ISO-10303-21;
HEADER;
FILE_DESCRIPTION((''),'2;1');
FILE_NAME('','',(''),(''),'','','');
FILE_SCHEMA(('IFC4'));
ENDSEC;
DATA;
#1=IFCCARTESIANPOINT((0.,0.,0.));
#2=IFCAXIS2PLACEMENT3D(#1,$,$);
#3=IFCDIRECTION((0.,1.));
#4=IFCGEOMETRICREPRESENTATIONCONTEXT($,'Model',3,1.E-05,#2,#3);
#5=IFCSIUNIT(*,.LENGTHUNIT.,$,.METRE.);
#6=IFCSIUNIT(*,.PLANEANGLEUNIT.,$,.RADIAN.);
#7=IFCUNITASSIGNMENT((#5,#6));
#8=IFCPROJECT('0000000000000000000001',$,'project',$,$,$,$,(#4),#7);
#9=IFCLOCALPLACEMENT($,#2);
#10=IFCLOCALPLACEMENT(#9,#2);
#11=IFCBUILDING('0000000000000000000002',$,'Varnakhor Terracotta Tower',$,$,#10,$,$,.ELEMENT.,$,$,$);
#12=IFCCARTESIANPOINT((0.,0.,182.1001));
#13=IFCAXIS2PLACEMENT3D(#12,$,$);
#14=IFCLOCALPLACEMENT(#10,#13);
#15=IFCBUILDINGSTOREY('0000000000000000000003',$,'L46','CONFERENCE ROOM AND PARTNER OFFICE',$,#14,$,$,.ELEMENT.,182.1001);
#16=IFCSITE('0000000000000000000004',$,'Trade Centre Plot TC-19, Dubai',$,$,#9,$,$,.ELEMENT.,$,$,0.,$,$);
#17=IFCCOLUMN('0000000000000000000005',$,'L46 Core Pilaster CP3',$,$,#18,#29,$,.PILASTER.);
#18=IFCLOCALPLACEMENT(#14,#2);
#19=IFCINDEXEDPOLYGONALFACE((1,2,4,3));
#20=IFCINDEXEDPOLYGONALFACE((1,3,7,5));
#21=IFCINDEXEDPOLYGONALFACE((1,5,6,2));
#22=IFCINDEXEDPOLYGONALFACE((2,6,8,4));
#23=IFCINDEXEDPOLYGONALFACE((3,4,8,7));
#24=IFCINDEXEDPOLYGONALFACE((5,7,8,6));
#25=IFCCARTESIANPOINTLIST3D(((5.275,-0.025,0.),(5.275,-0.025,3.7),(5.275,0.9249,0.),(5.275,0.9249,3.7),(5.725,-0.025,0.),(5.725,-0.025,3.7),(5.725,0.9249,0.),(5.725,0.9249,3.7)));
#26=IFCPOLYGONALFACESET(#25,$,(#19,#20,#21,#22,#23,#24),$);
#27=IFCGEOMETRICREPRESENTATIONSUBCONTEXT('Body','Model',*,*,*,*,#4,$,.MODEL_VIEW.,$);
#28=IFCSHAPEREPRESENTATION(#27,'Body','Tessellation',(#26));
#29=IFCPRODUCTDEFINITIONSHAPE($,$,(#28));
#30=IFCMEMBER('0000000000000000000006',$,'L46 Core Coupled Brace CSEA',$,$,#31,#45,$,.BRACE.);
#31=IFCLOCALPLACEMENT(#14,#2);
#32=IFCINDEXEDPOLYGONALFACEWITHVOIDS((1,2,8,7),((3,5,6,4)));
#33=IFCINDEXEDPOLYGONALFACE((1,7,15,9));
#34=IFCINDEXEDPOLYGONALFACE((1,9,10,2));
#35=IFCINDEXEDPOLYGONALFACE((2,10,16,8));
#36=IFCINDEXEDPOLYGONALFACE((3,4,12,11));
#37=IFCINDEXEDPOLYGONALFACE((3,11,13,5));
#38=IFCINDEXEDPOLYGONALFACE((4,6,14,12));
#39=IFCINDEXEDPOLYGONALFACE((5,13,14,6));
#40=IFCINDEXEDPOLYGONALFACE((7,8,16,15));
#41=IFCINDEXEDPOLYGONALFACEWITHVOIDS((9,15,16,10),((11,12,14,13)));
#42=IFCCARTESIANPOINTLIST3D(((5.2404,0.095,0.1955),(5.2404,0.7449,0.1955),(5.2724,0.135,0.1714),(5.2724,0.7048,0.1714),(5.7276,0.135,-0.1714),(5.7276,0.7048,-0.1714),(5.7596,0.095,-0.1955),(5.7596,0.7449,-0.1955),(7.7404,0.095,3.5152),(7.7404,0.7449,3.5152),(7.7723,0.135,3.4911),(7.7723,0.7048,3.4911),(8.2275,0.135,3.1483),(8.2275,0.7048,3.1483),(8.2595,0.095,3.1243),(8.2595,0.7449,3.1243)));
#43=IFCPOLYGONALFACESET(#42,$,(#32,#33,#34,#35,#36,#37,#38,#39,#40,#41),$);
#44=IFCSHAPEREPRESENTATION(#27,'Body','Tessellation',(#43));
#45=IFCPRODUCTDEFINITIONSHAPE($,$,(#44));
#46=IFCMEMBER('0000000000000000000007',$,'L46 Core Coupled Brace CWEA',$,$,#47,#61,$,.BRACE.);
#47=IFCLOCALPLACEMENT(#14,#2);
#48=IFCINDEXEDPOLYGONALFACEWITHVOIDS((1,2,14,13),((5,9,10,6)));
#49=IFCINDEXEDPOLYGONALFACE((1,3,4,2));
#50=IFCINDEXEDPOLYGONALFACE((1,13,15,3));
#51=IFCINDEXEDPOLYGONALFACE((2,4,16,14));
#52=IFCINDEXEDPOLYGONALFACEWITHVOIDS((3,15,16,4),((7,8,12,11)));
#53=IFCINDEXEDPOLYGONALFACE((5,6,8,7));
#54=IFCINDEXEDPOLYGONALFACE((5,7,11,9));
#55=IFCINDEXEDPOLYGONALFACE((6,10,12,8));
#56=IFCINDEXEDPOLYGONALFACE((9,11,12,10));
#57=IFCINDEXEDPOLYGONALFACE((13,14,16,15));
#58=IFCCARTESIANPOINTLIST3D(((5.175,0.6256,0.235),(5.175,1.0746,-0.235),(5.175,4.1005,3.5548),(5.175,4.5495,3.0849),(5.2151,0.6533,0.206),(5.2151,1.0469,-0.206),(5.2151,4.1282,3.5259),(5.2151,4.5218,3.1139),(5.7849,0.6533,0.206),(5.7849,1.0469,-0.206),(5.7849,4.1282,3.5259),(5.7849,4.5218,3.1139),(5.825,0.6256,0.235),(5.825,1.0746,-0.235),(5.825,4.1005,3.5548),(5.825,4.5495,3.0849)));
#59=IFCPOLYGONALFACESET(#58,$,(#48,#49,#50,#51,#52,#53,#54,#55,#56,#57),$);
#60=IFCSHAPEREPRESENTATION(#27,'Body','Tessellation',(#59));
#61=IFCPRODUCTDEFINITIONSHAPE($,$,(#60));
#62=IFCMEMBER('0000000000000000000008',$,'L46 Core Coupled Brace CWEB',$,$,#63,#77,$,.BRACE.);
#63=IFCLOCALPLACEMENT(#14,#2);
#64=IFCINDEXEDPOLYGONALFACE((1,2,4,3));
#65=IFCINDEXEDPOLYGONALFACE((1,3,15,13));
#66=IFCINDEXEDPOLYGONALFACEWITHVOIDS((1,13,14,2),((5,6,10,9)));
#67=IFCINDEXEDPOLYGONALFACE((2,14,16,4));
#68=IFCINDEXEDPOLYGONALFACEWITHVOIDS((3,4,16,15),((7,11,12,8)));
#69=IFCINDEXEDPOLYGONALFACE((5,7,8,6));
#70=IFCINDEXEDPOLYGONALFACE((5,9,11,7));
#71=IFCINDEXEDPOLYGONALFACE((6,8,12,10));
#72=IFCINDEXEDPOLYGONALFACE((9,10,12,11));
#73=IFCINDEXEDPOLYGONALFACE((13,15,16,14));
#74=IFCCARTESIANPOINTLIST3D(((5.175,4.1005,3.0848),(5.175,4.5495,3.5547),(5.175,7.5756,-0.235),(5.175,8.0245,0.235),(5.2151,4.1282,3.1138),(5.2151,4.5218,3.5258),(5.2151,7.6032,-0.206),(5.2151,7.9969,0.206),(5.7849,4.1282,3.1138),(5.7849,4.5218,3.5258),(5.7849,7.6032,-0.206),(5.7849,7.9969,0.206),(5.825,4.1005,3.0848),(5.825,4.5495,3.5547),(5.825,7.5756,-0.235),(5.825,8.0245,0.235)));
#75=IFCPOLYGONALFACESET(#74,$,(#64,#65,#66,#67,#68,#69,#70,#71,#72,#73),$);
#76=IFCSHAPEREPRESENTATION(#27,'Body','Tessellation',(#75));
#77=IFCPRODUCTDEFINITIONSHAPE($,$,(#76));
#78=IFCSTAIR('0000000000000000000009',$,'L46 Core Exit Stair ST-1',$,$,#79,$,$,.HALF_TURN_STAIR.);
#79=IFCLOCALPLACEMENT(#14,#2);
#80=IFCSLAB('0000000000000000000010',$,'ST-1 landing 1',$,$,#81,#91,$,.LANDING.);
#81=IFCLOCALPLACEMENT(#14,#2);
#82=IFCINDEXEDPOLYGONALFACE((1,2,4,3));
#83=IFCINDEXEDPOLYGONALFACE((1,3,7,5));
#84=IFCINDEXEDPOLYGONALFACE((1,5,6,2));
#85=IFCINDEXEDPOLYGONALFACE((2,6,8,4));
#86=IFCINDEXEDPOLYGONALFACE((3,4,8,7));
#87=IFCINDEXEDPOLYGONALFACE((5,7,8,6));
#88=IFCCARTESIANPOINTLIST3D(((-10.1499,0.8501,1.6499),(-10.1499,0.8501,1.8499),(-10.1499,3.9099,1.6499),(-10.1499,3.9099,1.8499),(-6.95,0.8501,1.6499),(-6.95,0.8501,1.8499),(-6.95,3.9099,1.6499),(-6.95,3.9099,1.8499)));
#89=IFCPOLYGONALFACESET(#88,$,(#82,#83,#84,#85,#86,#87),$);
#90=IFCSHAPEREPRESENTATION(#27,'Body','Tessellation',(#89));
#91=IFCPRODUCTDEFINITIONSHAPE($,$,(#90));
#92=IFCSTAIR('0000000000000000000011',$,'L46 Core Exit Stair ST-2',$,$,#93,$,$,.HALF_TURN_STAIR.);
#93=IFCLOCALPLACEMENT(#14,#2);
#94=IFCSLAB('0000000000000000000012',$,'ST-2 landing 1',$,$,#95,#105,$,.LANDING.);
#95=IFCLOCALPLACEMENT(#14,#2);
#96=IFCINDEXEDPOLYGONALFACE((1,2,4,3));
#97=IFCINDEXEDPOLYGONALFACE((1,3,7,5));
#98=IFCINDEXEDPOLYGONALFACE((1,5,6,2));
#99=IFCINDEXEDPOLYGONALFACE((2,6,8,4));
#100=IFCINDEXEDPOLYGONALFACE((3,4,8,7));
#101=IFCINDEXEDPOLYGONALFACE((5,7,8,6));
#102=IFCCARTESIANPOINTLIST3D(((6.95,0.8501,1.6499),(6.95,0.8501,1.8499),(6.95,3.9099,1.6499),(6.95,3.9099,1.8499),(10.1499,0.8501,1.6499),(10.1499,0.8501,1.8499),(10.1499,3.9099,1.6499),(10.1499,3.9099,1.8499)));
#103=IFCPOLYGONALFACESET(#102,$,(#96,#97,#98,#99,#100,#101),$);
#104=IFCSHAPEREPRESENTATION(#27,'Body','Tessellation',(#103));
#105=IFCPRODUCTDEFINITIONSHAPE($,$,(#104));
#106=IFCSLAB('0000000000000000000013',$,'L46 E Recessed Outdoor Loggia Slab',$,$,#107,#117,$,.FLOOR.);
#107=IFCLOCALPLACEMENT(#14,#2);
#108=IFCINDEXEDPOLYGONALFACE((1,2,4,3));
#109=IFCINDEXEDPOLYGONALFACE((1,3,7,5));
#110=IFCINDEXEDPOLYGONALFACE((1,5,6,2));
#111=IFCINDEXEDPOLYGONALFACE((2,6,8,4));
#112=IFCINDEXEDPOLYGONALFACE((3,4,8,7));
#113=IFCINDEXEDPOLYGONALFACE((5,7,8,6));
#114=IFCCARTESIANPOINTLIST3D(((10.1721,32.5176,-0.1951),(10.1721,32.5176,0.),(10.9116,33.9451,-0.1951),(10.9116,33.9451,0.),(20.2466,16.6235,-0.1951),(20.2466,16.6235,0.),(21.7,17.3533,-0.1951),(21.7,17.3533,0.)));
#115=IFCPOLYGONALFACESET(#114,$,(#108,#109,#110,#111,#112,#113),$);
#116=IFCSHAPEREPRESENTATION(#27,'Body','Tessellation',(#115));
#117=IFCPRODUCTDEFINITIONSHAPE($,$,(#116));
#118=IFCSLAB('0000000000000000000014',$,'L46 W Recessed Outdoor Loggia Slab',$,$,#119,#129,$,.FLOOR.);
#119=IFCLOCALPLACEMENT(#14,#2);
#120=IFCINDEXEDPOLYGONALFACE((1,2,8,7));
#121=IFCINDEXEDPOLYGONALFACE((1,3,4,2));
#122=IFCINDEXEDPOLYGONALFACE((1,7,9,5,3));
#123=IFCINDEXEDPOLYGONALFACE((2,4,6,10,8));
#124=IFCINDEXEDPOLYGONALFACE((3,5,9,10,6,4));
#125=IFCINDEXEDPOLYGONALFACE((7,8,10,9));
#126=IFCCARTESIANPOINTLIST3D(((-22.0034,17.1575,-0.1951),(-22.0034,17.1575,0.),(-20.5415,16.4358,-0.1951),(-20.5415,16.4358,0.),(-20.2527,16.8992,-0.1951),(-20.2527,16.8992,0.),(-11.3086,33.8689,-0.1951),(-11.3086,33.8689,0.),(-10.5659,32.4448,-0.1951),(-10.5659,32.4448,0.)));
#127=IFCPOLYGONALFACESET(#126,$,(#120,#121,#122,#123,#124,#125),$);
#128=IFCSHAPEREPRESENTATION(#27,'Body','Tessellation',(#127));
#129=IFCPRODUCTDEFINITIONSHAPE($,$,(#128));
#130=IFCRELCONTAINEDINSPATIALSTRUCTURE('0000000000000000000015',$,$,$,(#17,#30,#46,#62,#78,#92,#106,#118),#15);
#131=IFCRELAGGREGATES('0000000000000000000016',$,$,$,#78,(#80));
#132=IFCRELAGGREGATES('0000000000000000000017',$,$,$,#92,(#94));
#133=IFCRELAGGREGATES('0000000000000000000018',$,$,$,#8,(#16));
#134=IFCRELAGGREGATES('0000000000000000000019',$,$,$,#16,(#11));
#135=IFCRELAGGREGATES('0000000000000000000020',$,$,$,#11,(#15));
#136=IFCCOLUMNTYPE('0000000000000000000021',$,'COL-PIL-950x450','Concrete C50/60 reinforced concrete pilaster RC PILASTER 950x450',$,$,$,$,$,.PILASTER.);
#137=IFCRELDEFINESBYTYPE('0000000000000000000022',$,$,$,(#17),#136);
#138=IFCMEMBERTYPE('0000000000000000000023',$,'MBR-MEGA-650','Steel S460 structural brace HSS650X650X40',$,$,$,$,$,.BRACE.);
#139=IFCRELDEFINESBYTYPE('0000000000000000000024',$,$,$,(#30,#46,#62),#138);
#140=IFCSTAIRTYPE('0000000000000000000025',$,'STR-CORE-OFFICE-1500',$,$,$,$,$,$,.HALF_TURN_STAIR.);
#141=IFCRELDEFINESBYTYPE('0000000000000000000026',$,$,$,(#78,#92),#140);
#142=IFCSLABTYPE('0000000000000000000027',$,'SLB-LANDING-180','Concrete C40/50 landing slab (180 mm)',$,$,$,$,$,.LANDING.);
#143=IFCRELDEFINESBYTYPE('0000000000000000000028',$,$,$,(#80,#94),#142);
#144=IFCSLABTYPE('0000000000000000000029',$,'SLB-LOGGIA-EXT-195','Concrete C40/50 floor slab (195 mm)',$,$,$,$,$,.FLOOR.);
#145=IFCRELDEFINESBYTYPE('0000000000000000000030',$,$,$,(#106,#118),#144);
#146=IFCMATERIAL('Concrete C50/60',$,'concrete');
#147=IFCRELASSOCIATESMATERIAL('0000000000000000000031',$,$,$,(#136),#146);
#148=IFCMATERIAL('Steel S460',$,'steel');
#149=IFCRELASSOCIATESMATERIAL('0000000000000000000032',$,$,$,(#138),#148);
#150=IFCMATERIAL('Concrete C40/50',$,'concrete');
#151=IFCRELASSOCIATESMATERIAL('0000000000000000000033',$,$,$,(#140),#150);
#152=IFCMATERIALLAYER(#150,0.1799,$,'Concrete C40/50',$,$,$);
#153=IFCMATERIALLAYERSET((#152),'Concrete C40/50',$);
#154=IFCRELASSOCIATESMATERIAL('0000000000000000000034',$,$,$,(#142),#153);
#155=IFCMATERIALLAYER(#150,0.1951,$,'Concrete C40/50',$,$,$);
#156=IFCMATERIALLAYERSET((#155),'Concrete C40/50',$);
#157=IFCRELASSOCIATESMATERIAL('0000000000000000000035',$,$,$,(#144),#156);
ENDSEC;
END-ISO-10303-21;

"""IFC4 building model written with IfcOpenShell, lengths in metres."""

from ifc_helpers import new_model, si_unit, direction, frame, origin, origin_2d, place, context, subcontext, project, spatial, polyline, rectangle, hollow_rectangle, outline, extrude, source, transform, mapped, material, layer, layer_set, material_profile, profile_set, type_object, element, aggregate, save


model = new_model("IFC4")

# Units and contexts
model_context = context("Model", 3, precision=1e-05, world=origin(), true_north=direction((0.0, 1.0)))
body_context = subcontext(model_context, "Body", "Model", "MODEL_VIEW")
ifc_project = project(units=[si_unit("LENGTHUNIT", "METRE"), si_unit("PLANEANGLEUNIT", "RADIAN")], contexts=[model_context])

# Site, building, storey
site_placement = place(None, origin())
site = spatial("IfcSite", under=ifc_project, at=site_placement, Name="Trade Centre Plot TC-19, Dubai", CompositionType="ELEMENT", RefElevation=0.0)
building_placement = place(site_placement, origin())
building = spatial("IfcBuilding", under=site, at=building_placement, Name="Varnakhor Terracotta Tower", CompositionType="ELEMENT")
storey_placement = place(building_placement, frame((0.0, 0.0, 182.1001)))
storey = spatial("IfcBuildingStorey", under=building, at=storey_placement, Name="L46", Description="CONFERENCE ROOM AND PARTNER OFFICE", CompositionType="ELEMENT", Elevation=182.1001)

# Column
ifc_material_1 = material(Name="Concrete C50/60", Category="concrete")
ifc_material_profile_1 = material_profile(ifc_material_1, rectangle(XDim=0.45, YDim=0.95, at=origin_2d()), Name="RC PILASTER 950x450")
ifc_profile_set_1 = profile_set([ifc_material_profile_1], Name="Concrete C50/60")
column_type = type_object("IfcColumnType", Name="COL-PIL-950x450", Description="Concrete C50/60 reinforced concrete pilaster RC PILASTER 950x450", PredefinedType="PILASTER", material=ifc_profile_set_1)
shared_shape_1 = source(origin(), body_context, "Body", "SweptSolid", [
    extrude(rectangle(XDim=0.45, YDim=0.95, at=origin_2d()), origin(), (0.0, 0.0, 1.0), 3.7),
])
column_placement = place(storey_placement, frame((5.5, 0.45, 0.0), z_axis=(0.0, 0.0, 1.0), x_axis=(1.0, 0.0, 0.0)))
element("IfcColumn", 1, at=column_placement, inside=storey, type_object=column_type, Name="L46 Core Pilaster CP3", PredefinedType="PILASTER", context=body_context, shape_type="MappedRepresentation", body=[
    mapped(shared_shape_1, transform((0.0, 0.0, 0.0), scale=1.0)),
])

# Members
ifc_material_2 = material(Name="Steel S460", Category="steel")
ifc_material_profile_2 = material_profile(ifc_material_2, hollow_rectangle(XDim=0.6499, YDim=0.6499, WallThickness=0.04, at=origin_2d()), Name="HSS650X650X40")
ifc_profile_set_2 = profile_set([ifc_material_profile_2], Name="Steel S460")
member_type = type_object("IfcMemberType", Name="MBR-MEGA-650", Description="Steel S460 structural brace HSS650X650X40", PredefinedType="BRACE", material=ifc_profile_set_2)
shared_shape_2 = source(origin(), body_context, "Body", "SweptSolid", [
    extrude(hollow_rectangle(XDim=0.6499, YDim=0.6499, WallThickness=0.04, at=origin_2d()), origin(), (0.0, 0.0, 1.0), 4.1558),
])
member_placement = place(storey_placement, frame((5.5, 0.4199, 0.0), z_axis=(0.601559, 0.0, 0.798828), x_axis=(0.0, 1.0, 0.0)))
element("IfcMember", 2, at=member_placement, inside=storey, type_object=member_type, Name="L46 Core Coupled Brace CSEA", PredefinedType="BRACE", context=body_context, shape_type="MappedRepresentation", body=[
    mapped(shared_shape_2, transform((0.0, 0.0, 0.0), scale=1.0)),
])
shared_shape_3 = source(origin(), body_context, "Body", "SweptSolid", [
    extrude(hollow_rectangle(XDim=0.6499, YDim=0.6499, WallThickness=0.04, at=origin_2d()), origin(), (0.0, 0.0, 1.0), 4.8059),
])
for number, where, z_axis, x_axis, name in (
    (3, (5.5, 0.8501, 0.0), (0.0, 0.723052, 0.690793), (-1.0, 0.0, 0.0), "L46 Core Coupled Brace CWEA"),
    (4, (5.5, 7.8, 0.0), (0.0, -0.723076, 0.690768), (1.0, 0.0, 0.0), "L46 Core Coupled Brace CWEB"),
):
    element("IfcMember", number, at=place(storey_placement, frame(where, z_axis=z_axis, x_axis=x_axis)), inside=storey, type_object=member_type, Name=name, PredefinedType="BRACE", context=body_context, shape_type="MappedRepresentation", body=[
        mapped(shared_shape_3, transform((0.0, 0.0, 0.0), scale=1.0)),
    ])

# Stairs, slabs
ifc_material_3 = material(Name="Concrete C40/50", Category="concrete")
stair_type = type_object("IfcStairType", Name="STR-CORE-OFFICE-1500", PredefinedType="HALF_TURN_STAIR", material=ifc_material_3)
stair_1_placement = place(storey_placement, origin())
stair_1 = element("IfcStair", 5, at=stair_1_placement, inside=storey, type_object=stair_type, Name="L46 Core Exit Stair ST-1", PredefinedType="HALF_TURN_STAIR")
ifc_layer_1 = layer(ifc_material_3, 0.1799, Name="Concrete C40/50")
ifc_layer_set_1 = layer_set([ifc_layer_1], Name="Concrete C40/50")
slab_type_1 = type_object("IfcSlabType", Name="SLB-LANDING-180", Description="Concrete C40/50 landing slab (180 mm)", PredefinedType="LANDING", material=ifc_layer_set_1)
slab_1_placement = place(storey_placement, frame((0.0, 0.0, 1.6499)))
slab_1 = element("IfcSlab", 6, at=slab_1_placement, type_object=slab_type_1, Name="ST-1 landing 1", PredefinedType="LANDING", context=body_context, shape_type="SweptSolid", body=[
    extrude(outline(polyline([(-10.1499, 3.9099), (-10.1499, 0.8501), (-6.95, 0.8501), (-6.95, 3.9099), (-10.1499, 3.9099)])), origin(), (0.0, 0.0, 1.0), 0.2),
])
aggregate(stair_1, [slab_1])
stair_2_placement = place(storey_placement, origin())
stair_2 = element("IfcStair", 7, at=stair_2_placement, inside=storey, type_object=stair_type, Name="L46 Core Exit Stair ST-2", PredefinedType="HALF_TURN_STAIR")
slab_2_placement = place(storey_placement, frame((0.0, 0.0, 1.6499)))
slab_2 = element("IfcSlab", 8, at=slab_2_placement, type_object=slab_type_1, Name="ST-2 landing 1", PredefinedType="LANDING", context=body_context, shape_type="SweptSolid", body=[
    extrude(outline(polyline([(6.95, 3.9099), (6.95, 0.8501), (10.1499, 0.8501), (10.1499, 3.9099), (6.95, 3.9099)])), origin(), (0.0, 0.0, 1.0), 0.2),
])

# Slabs
ifc_layer_2 = layer(ifc_material_3, 0.1951, Name="Concrete C40/50")
ifc_layer_set_2 = layer_set([ifc_layer_2], Name="Concrete C40/50")
slab_type_2 = type_object("IfcSlabType", Name="SLB-LOGGIA-EXT-195", Description="Concrete C40/50 floor slab (195 mm)", PredefinedType="FLOOR", material=ifc_layer_set_2)
slab_3_placement = place(storey_placement, frame((0.0, 0.0, -0.1951)))
element("IfcSlab", 9, at=slab_3_placement, inside=storey, type_object=slab_type_2, Name="L46 E Recessed Outdoor Loggia Slab", PredefinedType="FLOOR", context=body_context, shape_type="SweptSolid", body=[
    extrude(outline(polyline([(10.9116, 33.9451), (21.7, 17.3533), (20.2466, 16.6235), (10.1721, 32.5176), (10.9116, 33.9451)])), origin(), (0.0, 0.0, 1.0), 0.1951),
])
slab_4_placement = place(storey_placement, frame((0.0, 0.0, -0.1951)))
element("IfcSlab", 10, at=slab_4_placement, inside=storey, type_object=slab_type_2, Name="L46 W Recessed Outdoor Loggia Slab", PredefinedType="FLOOR", context=body_context, shape_type="SweptSolid", body=[
    extrude(outline(polyline([(-22.0034, 17.1575), (-11.3086, 33.8689), (-10.5659, 32.4448), (-20.2527, 16.8992), (-20.5415, 16.4358), (-22.0034, 17.1575)])), origin(), (0.0, 0.0, 1.0), 0.1951),
])

aggregate(stair_2, [slab_2])

save(model, "model.ifc")
